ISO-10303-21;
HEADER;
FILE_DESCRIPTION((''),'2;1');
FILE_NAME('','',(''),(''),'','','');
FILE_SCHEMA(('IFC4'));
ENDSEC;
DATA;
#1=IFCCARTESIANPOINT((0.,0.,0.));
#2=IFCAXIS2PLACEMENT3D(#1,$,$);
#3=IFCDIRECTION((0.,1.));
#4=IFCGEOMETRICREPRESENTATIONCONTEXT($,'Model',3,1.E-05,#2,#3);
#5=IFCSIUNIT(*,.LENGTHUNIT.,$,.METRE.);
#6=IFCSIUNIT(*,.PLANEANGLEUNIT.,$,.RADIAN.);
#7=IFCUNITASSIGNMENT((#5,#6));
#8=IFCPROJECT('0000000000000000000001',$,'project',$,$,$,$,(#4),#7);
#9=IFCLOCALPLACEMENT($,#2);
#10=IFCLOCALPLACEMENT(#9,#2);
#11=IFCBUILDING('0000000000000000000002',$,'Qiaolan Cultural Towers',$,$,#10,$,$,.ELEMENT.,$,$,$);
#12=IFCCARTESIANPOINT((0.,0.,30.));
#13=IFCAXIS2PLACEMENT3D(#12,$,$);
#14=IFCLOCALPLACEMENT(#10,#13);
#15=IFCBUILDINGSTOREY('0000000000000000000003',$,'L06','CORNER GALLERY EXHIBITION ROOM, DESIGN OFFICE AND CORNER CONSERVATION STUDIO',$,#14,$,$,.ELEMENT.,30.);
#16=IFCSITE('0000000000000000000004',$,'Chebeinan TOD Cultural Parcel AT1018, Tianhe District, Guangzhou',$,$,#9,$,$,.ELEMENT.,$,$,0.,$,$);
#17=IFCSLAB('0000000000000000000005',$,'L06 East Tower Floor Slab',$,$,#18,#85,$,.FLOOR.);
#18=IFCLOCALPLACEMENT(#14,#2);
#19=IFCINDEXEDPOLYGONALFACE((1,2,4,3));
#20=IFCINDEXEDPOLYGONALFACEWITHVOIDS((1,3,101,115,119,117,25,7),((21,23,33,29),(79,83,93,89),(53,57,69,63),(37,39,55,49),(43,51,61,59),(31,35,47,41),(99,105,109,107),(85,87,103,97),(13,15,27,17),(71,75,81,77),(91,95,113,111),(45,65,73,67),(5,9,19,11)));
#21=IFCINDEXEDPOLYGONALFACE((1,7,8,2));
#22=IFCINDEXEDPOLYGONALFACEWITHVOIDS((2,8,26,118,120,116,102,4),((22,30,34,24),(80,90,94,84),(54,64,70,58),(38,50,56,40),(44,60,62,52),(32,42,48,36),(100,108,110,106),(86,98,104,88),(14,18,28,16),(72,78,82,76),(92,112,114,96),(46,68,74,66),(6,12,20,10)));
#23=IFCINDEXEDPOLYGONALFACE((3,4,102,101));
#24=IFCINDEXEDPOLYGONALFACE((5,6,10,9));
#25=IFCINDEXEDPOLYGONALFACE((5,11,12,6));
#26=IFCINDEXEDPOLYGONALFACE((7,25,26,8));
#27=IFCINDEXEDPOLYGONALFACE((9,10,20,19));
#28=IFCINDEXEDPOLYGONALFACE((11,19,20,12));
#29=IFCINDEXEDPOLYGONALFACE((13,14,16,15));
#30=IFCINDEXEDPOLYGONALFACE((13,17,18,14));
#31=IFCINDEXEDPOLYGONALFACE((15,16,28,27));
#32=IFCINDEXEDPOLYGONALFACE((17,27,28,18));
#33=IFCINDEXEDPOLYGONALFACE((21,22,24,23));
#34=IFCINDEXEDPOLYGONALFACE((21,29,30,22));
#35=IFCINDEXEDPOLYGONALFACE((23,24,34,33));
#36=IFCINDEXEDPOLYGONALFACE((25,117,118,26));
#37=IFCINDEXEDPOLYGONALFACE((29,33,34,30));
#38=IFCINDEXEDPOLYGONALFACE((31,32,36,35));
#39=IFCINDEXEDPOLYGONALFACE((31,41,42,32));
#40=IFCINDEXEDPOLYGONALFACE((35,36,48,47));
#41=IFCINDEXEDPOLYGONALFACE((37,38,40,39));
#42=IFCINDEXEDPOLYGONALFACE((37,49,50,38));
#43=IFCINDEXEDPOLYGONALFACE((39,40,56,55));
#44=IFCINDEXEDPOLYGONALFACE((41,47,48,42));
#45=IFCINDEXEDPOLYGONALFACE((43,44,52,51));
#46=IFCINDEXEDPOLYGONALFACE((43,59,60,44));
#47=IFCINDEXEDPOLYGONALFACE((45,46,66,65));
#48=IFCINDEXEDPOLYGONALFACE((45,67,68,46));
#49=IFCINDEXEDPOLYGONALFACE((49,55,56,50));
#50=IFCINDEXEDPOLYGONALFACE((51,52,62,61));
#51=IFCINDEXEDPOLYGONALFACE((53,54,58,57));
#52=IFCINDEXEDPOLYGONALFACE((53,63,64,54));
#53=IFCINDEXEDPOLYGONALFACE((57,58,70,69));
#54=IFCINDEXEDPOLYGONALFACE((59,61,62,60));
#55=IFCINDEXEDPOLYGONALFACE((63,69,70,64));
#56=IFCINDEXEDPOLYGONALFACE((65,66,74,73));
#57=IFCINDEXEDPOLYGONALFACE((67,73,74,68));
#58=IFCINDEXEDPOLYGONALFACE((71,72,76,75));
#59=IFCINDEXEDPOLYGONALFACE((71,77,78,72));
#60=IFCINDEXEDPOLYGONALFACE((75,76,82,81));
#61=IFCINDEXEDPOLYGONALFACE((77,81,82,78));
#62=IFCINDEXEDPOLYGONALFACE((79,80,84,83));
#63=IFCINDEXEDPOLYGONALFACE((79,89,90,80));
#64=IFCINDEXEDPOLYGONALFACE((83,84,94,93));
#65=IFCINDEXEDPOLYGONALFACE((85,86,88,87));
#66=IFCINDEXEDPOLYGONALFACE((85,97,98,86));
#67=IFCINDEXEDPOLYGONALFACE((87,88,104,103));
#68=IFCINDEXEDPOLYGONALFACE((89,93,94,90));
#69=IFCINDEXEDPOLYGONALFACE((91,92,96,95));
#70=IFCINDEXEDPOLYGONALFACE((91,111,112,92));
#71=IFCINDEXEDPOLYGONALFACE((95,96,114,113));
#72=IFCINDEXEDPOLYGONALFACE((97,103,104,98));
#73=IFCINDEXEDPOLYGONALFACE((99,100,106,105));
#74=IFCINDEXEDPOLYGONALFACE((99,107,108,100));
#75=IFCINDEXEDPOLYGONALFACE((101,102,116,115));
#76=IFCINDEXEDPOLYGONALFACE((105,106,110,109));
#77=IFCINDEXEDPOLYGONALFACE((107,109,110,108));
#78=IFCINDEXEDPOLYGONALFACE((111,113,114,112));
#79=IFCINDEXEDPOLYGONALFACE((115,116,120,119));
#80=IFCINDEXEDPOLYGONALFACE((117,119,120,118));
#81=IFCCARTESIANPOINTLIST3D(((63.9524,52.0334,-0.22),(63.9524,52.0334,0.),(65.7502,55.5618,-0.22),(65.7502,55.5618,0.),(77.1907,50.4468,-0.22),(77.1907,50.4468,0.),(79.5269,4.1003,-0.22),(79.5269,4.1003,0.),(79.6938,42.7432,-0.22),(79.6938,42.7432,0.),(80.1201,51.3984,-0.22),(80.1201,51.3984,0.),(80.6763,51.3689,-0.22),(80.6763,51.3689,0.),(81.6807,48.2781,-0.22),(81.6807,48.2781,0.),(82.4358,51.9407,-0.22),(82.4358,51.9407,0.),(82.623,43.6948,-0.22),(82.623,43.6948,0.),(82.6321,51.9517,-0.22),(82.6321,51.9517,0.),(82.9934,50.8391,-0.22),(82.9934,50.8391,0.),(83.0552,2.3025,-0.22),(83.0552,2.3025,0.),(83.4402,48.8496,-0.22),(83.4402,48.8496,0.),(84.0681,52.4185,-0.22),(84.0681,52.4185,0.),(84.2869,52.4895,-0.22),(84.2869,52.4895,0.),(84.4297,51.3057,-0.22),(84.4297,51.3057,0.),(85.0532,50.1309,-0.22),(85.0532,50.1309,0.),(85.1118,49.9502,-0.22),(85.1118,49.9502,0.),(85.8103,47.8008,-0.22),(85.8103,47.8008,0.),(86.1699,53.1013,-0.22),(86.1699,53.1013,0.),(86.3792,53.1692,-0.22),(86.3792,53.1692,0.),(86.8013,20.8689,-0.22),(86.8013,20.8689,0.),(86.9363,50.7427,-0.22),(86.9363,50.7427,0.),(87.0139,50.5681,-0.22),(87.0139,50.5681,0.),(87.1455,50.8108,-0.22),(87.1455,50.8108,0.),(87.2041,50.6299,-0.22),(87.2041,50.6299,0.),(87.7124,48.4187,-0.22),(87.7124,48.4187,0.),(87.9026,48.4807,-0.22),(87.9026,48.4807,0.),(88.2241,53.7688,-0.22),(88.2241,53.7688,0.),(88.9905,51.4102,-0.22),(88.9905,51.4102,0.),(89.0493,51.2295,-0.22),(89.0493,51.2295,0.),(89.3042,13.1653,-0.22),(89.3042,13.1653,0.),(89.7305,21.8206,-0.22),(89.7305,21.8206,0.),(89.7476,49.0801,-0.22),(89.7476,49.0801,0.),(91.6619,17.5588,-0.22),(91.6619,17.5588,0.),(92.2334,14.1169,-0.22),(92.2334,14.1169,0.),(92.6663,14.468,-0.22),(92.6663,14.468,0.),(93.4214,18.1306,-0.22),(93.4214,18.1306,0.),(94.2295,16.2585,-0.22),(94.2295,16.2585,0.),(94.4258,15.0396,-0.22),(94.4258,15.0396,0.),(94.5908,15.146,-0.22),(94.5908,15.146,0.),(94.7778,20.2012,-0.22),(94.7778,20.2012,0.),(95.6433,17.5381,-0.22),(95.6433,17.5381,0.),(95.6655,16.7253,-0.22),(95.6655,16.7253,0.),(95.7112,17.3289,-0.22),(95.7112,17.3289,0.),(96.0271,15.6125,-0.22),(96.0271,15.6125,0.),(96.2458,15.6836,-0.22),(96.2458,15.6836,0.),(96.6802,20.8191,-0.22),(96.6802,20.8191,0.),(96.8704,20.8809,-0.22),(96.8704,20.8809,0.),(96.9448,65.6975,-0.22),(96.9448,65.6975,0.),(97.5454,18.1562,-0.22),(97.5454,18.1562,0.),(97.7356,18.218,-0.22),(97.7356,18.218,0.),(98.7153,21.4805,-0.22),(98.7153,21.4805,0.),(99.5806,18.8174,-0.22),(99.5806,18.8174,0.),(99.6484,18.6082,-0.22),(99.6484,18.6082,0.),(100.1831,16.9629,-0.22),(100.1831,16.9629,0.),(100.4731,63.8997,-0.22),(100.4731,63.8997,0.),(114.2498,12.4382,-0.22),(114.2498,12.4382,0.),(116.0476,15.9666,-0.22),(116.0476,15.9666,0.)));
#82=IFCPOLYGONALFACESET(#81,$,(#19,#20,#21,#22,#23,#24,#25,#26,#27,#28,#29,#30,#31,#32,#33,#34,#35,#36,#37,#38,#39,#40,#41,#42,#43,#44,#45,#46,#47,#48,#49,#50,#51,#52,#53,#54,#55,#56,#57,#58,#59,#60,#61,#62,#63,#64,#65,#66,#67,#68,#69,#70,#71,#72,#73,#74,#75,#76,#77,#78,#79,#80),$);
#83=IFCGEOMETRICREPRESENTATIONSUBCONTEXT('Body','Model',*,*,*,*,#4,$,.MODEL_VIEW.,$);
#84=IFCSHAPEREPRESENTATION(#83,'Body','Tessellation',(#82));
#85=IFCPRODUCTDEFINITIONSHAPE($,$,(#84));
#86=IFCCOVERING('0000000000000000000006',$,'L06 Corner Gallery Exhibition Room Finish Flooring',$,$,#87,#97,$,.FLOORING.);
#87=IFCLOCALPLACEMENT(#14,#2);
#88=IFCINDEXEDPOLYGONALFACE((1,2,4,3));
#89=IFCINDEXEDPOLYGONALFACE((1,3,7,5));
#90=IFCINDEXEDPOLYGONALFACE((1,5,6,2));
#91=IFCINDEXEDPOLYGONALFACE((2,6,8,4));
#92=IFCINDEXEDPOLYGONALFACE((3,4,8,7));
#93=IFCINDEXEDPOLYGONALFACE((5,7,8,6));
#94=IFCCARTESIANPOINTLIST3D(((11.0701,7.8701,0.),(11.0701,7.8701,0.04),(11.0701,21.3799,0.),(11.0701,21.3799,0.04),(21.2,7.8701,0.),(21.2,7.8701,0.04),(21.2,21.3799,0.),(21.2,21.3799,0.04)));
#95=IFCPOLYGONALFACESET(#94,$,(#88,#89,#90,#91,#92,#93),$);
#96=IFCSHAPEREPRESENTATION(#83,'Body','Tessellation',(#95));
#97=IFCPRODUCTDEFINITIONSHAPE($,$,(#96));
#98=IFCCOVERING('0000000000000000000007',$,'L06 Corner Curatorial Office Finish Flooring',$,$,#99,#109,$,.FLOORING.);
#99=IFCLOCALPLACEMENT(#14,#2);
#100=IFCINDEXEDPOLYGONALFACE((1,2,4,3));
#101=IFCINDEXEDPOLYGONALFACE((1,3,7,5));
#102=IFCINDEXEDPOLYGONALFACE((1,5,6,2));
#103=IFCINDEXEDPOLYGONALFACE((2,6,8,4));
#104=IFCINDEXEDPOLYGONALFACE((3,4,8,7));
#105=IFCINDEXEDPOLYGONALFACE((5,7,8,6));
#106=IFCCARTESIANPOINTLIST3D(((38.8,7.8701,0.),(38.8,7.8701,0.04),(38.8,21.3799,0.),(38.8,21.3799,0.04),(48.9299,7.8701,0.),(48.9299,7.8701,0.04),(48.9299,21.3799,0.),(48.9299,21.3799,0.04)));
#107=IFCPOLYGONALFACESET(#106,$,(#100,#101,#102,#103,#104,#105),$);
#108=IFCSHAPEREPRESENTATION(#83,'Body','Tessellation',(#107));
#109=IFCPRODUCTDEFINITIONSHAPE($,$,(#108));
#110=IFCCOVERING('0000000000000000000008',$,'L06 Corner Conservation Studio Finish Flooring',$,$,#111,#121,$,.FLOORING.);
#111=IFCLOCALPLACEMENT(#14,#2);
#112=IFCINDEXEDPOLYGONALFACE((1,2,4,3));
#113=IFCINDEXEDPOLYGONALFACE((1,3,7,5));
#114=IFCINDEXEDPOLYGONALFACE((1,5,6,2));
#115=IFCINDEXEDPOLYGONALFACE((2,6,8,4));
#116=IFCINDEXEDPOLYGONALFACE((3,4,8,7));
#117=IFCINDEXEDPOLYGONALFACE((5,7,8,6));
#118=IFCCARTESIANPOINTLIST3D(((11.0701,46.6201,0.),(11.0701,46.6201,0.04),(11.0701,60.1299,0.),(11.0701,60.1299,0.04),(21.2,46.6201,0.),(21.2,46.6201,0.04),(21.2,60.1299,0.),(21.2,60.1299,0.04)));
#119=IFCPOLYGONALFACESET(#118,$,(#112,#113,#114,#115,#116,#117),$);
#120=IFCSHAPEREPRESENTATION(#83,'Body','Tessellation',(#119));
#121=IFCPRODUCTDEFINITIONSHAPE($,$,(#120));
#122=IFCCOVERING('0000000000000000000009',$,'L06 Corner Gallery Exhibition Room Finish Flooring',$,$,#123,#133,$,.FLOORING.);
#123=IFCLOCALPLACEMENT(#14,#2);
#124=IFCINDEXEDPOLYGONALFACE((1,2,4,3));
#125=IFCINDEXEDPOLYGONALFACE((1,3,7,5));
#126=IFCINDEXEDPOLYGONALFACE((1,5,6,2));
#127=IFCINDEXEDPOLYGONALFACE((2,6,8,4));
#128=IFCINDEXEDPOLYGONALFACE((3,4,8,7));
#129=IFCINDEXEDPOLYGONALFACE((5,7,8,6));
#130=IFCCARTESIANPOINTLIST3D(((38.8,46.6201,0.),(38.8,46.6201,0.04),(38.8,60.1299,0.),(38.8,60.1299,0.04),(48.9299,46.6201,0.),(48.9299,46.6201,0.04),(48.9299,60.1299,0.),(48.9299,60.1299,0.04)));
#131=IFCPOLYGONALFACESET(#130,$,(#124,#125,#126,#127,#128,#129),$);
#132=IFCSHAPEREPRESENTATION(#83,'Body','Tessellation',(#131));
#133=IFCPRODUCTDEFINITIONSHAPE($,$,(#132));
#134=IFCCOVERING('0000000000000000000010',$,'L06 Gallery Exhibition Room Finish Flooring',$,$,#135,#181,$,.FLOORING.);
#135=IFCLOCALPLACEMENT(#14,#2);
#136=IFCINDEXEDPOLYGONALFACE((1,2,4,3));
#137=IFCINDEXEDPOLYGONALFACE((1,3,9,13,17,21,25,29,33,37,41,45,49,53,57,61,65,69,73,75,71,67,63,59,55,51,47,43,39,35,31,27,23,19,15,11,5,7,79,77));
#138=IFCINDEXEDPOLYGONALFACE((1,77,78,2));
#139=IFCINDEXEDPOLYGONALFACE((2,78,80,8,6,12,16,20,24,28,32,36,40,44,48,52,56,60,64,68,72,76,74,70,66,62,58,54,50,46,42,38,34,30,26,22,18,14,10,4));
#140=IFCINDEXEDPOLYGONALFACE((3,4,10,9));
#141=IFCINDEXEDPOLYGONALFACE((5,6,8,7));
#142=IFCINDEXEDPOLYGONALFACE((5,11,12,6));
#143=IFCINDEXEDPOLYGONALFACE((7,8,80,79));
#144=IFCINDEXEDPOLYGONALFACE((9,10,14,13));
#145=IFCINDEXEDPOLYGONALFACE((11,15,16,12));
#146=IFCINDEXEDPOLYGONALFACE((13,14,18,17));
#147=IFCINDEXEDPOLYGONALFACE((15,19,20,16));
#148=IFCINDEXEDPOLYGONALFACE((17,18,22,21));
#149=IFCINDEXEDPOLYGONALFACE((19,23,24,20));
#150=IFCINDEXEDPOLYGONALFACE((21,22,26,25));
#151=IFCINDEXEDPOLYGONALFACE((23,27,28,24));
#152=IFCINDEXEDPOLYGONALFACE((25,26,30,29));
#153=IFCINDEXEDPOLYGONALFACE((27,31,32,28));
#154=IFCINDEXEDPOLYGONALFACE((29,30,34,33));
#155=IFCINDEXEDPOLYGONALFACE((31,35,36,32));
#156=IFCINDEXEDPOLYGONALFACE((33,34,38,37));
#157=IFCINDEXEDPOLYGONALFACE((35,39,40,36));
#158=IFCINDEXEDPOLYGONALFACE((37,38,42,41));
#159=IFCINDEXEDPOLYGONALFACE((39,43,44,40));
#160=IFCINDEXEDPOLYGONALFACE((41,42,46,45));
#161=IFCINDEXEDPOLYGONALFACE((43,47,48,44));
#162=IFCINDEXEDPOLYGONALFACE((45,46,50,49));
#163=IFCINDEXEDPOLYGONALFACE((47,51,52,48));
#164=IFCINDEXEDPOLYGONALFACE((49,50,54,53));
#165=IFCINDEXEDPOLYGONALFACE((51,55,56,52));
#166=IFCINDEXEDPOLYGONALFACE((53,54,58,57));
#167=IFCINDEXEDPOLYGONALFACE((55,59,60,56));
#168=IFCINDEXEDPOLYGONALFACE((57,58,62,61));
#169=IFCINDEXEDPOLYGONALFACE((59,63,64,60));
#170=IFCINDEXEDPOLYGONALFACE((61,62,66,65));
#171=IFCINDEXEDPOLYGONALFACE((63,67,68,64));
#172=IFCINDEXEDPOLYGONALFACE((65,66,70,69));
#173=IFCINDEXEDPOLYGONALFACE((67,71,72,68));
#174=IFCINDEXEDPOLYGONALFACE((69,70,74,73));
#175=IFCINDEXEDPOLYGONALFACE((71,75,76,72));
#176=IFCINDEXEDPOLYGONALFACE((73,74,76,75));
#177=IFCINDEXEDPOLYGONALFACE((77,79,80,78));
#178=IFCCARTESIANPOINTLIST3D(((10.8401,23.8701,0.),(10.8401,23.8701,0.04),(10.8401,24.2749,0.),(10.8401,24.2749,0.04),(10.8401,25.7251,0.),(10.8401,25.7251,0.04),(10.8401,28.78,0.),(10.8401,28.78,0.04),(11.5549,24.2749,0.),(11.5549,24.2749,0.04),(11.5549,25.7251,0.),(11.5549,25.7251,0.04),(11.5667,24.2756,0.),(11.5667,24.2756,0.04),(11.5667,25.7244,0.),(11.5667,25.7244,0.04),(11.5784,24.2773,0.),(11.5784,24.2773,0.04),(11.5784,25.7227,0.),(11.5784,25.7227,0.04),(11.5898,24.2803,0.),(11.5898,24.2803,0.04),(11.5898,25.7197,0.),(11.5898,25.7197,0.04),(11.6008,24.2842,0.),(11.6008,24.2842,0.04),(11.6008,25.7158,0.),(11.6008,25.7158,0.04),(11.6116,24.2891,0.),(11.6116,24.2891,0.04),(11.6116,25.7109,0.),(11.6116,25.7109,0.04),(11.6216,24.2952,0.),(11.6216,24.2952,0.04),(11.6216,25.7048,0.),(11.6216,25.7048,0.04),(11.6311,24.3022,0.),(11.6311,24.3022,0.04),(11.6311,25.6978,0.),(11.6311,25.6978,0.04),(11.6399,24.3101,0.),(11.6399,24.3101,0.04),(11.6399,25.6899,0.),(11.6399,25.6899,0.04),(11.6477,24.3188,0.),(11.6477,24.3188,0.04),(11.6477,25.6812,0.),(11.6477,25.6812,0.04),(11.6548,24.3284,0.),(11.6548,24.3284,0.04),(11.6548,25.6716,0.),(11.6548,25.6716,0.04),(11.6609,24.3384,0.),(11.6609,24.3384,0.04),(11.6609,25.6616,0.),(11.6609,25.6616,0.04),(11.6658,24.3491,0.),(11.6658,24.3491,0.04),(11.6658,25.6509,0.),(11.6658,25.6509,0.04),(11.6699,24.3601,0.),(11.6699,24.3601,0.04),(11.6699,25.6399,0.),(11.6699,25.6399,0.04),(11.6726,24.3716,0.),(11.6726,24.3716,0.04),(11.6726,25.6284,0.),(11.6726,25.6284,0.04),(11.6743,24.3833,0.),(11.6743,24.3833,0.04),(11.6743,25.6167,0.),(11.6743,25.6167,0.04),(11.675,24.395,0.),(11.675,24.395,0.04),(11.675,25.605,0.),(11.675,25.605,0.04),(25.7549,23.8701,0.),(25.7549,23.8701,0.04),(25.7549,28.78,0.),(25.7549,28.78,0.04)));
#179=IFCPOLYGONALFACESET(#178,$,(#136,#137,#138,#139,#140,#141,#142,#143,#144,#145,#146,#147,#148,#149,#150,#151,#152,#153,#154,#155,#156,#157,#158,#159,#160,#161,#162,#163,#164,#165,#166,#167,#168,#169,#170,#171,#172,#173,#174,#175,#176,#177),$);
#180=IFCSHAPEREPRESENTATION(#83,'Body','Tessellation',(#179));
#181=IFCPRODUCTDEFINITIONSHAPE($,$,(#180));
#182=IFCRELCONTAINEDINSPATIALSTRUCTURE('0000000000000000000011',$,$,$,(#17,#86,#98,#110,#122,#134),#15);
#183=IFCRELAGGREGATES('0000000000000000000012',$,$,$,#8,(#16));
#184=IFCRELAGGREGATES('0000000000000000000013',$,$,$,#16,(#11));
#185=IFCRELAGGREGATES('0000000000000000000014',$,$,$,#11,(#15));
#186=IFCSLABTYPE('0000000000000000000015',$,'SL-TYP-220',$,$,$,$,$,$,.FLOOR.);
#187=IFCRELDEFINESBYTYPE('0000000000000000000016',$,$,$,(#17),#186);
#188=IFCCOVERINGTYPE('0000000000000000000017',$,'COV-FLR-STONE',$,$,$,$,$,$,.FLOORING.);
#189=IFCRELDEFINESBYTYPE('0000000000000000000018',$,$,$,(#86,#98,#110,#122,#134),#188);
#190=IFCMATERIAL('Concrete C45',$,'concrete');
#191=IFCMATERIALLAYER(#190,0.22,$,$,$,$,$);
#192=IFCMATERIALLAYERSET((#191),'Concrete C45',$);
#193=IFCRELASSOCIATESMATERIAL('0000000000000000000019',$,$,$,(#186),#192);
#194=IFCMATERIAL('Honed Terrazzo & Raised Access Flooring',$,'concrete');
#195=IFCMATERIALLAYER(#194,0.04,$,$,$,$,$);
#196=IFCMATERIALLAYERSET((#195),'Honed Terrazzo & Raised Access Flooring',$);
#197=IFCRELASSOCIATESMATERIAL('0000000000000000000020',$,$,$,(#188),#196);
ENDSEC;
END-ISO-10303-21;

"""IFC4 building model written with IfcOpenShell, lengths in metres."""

from ifc_helpers import new_model, si_unit, direction, frame, origin, place, context, subcontext, project, spatial, polyline, outline, extrude, material, layer, layer_set, type_object, element, save


model = new_model("IFC4")

# Units and contexts
model_context = context("Model", 3, precision=1e-05, world=origin(), true_north=direction((0.0, 1.0)))
body_context = subcontext(model_context, "Body", "Model", "MODEL_VIEW")
ifc_project = project(units=[si_unit("LENGTHUNIT", "METRE"), si_unit("PLANEANGLEUNIT", "RADIAN")], contexts=[model_context])

# Site, building, storey
site_placement = place(None, origin())
site = spatial("IfcSite", under=ifc_project, at=site_placement, Name="Chebeinan TOD Cultural Parcel AT1018, Tianhe District, Guangzhou", CompositionType="ELEMENT", RefElevation=0.0)
building_placement = place(site_placement, origin())
building = spatial("IfcBuilding", under=site, at=building_placement, Name="Qiaolan Cultural Towers", CompositionType="ELEMENT")
storey_placement = place(building_placement, frame((0.0, 0.0, 30.0)))
storey = spatial("IfcBuildingStorey", under=building, at=storey_placement, Name="L06", Description="CORNER GALLERY EXHIBITION ROOM, DESIGN OFFICE AND CORNER CONSERVATION STUDIO", CompositionType="ELEMENT", Elevation=30.0)

# Slab
ifc_material_1 = material(Name="Concrete C45", Category="concrete")
ifc_layer_1 = layer(ifc_material_1, 0.22)
ifc_layer_set_1 = layer_set([ifc_layer_1], Name="Concrete C45")
slab_type_1 = type_object("IfcSlabType", Name="SL-TYP-220", PredefinedType="FLOOR", material=ifc_layer_set_1)
slab_1_placement = place(storey_placement, frame((0.0, 0.0, -0.22)))
element("IfcSlab", 1, at=slab_1_placement, inside=storey, type_object=slab_type_1, Name="L06 East Tower Floor Slab", PredefinedType="FLOOR", context=body_context, shape_type="SweptSolid", body=[
    extrude(outline(polyline([(83.0552, 2.3025), (114.2498, 12.4382), (116.0476, 15.9666), (100.4731, 63.8997), (96.9448, 65.6975), (65.7502, 55.5618), (63.9524, 52.0334), (79.5269, 4.1003), (83.0552, 2.3025)]), holes=[polyline([(86.8013, 20.8689), (89.3042, 13.1653), (92.2334, 14.1169), (89.7305, 21.8206), (86.8013, 20.8689)]), polyline([(82.623, 43.6948), (80.1201, 51.3984), (77.1907, 50.4468), (79.6938, 42.7432), (82.623, 43.6948)]), polyline([(92.6663, 14.468), (94.4258, 15.0396), (93.4214, 18.1306), (91.6619, 17.5588), (92.6663, 14.468)]), polyline([(94.5908, 15.146), (96.0271, 15.6125), (95.6655, 16.7253), (94.2295, 16.2585), (94.5908, 15.146)]), polyline([(95.6433, 17.5381), (97.5454, 18.1562), (96.6802, 20.8191), (94.7778, 20.2012), (95.6433, 17.5381)]), polyline([(97.7356, 18.218), (99.5806, 18.8174), (98.7153, 21.4805), (96.8704, 20.8809), (97.7356, 18.218)]), polyline([(96.2458, 15.6836), (100.1831, 16.9629), (99.6484, 18.6082), (95.7112, 17.3289), (96.2458, 15.6836)]), polyline([(81.6807, 48.2781), (83.4402, 48.8496), (82.4358, 51.9407), (80.6763, 51.3689), (81.6807, 48.2781)]), polyline([(82.9934, 50.8391), (84.4297, 51.3057), (84.0681, 52.4185), (82.6321, 51.9517), (82.9934, 50.8391)]), polyline([(85.8103, 47.8008), (87.7124, 48.4187), (87.0139, 50.5681), (85.1118, 49.9502), (85.8103, 47.8008)]), polyline([(87.9026, 48.4807), (89.7476, 49.0801), (89.0493, 51.2295), (87.2041, 50.6299), (87.9026, 48.4807)]), polyline([(85.0532, 50.1309), (86.9363, 50.7427), (86.1699, 53.1013), (84.2869, 52.4895), (85.0532, 50.1309)]), polyline([(87.1455, 50.8108), (88.9905, 51.4102), (88.2241, 53.7688), (86.3792, 53.1692), (87.1455, 50.8108)])]), origin(), (0.0, 0.0, 1.0), 0.22),
])

# Coverings
ifc_material_2 = material(Name="Honed Terrazzo & Raised Access Flooring", Category="concrete")
ifc_layer_2 = layer(ifc_material_2, 0.04)
ifc_layer_set_2 = layer_set([ifc_layer_2], Name="Honed Terrazzo & Raised Access Flooring")
covering_type = type_object("IfcCoveringType", Name="COV-FLR-STONE", PredefinedType="FLOORING", material=ifc_layer_set_2)
covering_1_placement = place(storey_placement, origin())
element("IfcCovering", 2, at=covering_1_placement, inside=storey, type_object=covering_type, Name="L06 Corner Gallery Exhibition Room Finish Flooring", PredefinedType="FLOORING", context=body_context, shape_type="SweptSolid", body=[
    extrude(outline(polyline([(21.2, 7.8701), (21.2, 21.3799), (11.0701, 21.3799), (11.0701, 7.8701), (21.2, 7.8701)])), origin(), (0.0, 0.0, 1.0), 0.04),
])
covering_2_placement = place(storey_placement, origin())
element("IfcCovering", 3, at=covering_2_placement, inside=storey, type_object=covering_type, Name="L06 Corner Curatorial Office Finish Flooring", PredefinedType="FLOORING", context=body_context, shape_type="SweptSolid", body=[
    extrude(outline(polyline([(48.9299, 7.8701), (48.9299, 21.3799), (38.8, 21.3799), (38.8, 7.8701), (48.9299, 7.8701)])), origin(), (0.0, 0.0, 1.0), 0.04),
])
covering_3_placement = place(storey_placement, origin())
element("IfcCovering", 4, at=covering_3_placement, inside=storey, type_object=covering_type, Name="L06 Corner Conservation Studio Finish Flooring", PredefinedType="FLOORING", context=body_context, shape_type="SweptSolid", body=[
    extrude(outline(polyline([(21.2, 46.6201), (21.2, 60.1299), (11.0701, 60.1299), (11.0701, 46.6201), (21.2, 46.6201)])), origin(), (0.0, 0.0, 1.0), 0.04),
])
covering_4_placement = place(storey_placement, origin())
element("IfcCovering", 5, at=covering_4_placement, inside=storey, type_object=covering_type, Name="L06 Corner Gallery Exhibition Room Finish Flooring", PredefinedType="FLOORING", context=body_context, shape_type="SweptSolid", body=[
    extrude(outline(polyline([(48.9299, 46.6201), (48.9299, 60.1299), (38.8, 60.1299), (38.8, 46.6201), (48.9299, 46.6201)])), origin(), (0.0, 0.0, 1.0), 0.04),
])
covering_5_placement = place(storey_placement, origin())
element("IfcCovering", 6, at=covering_5_placement, inside=storey, type_object=covering_type, Name="L06 Gallery Exhibition Room Finish Flooring", PredefinedType="FLOORING", context=body_context, shape_type="SweptSolid", body=[
    extrude(outline(polyline([(10.8401, 25.7251), (11.5549, 25.7251), (11.5667, 25.7244), (11.5784, 25.7227), (11.5898, 25.7197), (11.6008, 25.7158), (11.6116, 25.7109), (11.6216, 25.7048), (11.6311, 25.6978), (11.6399, 25.6899), (11.6477, 25.6812), (11.6548, 25.6716), (11.6609, 25.6616), (11.6658, 25.6509), (11.6699, 25.6399), (11.6726, 25.6284), (11.6743, 25.6167), (11.675, 25.605), (11.675, 24.395), (11.6743, 24.3833), (11.6726, 24.3716), (11.6699, 24.3601), (11.6658, 24.3491), (11.6609, 24.3384), (11.6548, 24.3284), (11.6477, 24.3188), (11.6399, 24.3101), (11.6311, 24.3022), (11.6216, 24.2952), (11.6116, 24.2891), (11.6008, 24.2842), (11.5898, 24.2803), (11.5784, 24.2773), (11.5667, 24.2756), (11.5549, 24.2749), (10.8401, 24.2749), (10.8401, 23.8701), (25.7549, 23.8701), (25.7549, 28.78), (10.8401, 28.78), (10.8401, 25.7251)])), origin(), (0.0, 0.0, 1.0), 0.04),
])

save(model, "model.ifc")
